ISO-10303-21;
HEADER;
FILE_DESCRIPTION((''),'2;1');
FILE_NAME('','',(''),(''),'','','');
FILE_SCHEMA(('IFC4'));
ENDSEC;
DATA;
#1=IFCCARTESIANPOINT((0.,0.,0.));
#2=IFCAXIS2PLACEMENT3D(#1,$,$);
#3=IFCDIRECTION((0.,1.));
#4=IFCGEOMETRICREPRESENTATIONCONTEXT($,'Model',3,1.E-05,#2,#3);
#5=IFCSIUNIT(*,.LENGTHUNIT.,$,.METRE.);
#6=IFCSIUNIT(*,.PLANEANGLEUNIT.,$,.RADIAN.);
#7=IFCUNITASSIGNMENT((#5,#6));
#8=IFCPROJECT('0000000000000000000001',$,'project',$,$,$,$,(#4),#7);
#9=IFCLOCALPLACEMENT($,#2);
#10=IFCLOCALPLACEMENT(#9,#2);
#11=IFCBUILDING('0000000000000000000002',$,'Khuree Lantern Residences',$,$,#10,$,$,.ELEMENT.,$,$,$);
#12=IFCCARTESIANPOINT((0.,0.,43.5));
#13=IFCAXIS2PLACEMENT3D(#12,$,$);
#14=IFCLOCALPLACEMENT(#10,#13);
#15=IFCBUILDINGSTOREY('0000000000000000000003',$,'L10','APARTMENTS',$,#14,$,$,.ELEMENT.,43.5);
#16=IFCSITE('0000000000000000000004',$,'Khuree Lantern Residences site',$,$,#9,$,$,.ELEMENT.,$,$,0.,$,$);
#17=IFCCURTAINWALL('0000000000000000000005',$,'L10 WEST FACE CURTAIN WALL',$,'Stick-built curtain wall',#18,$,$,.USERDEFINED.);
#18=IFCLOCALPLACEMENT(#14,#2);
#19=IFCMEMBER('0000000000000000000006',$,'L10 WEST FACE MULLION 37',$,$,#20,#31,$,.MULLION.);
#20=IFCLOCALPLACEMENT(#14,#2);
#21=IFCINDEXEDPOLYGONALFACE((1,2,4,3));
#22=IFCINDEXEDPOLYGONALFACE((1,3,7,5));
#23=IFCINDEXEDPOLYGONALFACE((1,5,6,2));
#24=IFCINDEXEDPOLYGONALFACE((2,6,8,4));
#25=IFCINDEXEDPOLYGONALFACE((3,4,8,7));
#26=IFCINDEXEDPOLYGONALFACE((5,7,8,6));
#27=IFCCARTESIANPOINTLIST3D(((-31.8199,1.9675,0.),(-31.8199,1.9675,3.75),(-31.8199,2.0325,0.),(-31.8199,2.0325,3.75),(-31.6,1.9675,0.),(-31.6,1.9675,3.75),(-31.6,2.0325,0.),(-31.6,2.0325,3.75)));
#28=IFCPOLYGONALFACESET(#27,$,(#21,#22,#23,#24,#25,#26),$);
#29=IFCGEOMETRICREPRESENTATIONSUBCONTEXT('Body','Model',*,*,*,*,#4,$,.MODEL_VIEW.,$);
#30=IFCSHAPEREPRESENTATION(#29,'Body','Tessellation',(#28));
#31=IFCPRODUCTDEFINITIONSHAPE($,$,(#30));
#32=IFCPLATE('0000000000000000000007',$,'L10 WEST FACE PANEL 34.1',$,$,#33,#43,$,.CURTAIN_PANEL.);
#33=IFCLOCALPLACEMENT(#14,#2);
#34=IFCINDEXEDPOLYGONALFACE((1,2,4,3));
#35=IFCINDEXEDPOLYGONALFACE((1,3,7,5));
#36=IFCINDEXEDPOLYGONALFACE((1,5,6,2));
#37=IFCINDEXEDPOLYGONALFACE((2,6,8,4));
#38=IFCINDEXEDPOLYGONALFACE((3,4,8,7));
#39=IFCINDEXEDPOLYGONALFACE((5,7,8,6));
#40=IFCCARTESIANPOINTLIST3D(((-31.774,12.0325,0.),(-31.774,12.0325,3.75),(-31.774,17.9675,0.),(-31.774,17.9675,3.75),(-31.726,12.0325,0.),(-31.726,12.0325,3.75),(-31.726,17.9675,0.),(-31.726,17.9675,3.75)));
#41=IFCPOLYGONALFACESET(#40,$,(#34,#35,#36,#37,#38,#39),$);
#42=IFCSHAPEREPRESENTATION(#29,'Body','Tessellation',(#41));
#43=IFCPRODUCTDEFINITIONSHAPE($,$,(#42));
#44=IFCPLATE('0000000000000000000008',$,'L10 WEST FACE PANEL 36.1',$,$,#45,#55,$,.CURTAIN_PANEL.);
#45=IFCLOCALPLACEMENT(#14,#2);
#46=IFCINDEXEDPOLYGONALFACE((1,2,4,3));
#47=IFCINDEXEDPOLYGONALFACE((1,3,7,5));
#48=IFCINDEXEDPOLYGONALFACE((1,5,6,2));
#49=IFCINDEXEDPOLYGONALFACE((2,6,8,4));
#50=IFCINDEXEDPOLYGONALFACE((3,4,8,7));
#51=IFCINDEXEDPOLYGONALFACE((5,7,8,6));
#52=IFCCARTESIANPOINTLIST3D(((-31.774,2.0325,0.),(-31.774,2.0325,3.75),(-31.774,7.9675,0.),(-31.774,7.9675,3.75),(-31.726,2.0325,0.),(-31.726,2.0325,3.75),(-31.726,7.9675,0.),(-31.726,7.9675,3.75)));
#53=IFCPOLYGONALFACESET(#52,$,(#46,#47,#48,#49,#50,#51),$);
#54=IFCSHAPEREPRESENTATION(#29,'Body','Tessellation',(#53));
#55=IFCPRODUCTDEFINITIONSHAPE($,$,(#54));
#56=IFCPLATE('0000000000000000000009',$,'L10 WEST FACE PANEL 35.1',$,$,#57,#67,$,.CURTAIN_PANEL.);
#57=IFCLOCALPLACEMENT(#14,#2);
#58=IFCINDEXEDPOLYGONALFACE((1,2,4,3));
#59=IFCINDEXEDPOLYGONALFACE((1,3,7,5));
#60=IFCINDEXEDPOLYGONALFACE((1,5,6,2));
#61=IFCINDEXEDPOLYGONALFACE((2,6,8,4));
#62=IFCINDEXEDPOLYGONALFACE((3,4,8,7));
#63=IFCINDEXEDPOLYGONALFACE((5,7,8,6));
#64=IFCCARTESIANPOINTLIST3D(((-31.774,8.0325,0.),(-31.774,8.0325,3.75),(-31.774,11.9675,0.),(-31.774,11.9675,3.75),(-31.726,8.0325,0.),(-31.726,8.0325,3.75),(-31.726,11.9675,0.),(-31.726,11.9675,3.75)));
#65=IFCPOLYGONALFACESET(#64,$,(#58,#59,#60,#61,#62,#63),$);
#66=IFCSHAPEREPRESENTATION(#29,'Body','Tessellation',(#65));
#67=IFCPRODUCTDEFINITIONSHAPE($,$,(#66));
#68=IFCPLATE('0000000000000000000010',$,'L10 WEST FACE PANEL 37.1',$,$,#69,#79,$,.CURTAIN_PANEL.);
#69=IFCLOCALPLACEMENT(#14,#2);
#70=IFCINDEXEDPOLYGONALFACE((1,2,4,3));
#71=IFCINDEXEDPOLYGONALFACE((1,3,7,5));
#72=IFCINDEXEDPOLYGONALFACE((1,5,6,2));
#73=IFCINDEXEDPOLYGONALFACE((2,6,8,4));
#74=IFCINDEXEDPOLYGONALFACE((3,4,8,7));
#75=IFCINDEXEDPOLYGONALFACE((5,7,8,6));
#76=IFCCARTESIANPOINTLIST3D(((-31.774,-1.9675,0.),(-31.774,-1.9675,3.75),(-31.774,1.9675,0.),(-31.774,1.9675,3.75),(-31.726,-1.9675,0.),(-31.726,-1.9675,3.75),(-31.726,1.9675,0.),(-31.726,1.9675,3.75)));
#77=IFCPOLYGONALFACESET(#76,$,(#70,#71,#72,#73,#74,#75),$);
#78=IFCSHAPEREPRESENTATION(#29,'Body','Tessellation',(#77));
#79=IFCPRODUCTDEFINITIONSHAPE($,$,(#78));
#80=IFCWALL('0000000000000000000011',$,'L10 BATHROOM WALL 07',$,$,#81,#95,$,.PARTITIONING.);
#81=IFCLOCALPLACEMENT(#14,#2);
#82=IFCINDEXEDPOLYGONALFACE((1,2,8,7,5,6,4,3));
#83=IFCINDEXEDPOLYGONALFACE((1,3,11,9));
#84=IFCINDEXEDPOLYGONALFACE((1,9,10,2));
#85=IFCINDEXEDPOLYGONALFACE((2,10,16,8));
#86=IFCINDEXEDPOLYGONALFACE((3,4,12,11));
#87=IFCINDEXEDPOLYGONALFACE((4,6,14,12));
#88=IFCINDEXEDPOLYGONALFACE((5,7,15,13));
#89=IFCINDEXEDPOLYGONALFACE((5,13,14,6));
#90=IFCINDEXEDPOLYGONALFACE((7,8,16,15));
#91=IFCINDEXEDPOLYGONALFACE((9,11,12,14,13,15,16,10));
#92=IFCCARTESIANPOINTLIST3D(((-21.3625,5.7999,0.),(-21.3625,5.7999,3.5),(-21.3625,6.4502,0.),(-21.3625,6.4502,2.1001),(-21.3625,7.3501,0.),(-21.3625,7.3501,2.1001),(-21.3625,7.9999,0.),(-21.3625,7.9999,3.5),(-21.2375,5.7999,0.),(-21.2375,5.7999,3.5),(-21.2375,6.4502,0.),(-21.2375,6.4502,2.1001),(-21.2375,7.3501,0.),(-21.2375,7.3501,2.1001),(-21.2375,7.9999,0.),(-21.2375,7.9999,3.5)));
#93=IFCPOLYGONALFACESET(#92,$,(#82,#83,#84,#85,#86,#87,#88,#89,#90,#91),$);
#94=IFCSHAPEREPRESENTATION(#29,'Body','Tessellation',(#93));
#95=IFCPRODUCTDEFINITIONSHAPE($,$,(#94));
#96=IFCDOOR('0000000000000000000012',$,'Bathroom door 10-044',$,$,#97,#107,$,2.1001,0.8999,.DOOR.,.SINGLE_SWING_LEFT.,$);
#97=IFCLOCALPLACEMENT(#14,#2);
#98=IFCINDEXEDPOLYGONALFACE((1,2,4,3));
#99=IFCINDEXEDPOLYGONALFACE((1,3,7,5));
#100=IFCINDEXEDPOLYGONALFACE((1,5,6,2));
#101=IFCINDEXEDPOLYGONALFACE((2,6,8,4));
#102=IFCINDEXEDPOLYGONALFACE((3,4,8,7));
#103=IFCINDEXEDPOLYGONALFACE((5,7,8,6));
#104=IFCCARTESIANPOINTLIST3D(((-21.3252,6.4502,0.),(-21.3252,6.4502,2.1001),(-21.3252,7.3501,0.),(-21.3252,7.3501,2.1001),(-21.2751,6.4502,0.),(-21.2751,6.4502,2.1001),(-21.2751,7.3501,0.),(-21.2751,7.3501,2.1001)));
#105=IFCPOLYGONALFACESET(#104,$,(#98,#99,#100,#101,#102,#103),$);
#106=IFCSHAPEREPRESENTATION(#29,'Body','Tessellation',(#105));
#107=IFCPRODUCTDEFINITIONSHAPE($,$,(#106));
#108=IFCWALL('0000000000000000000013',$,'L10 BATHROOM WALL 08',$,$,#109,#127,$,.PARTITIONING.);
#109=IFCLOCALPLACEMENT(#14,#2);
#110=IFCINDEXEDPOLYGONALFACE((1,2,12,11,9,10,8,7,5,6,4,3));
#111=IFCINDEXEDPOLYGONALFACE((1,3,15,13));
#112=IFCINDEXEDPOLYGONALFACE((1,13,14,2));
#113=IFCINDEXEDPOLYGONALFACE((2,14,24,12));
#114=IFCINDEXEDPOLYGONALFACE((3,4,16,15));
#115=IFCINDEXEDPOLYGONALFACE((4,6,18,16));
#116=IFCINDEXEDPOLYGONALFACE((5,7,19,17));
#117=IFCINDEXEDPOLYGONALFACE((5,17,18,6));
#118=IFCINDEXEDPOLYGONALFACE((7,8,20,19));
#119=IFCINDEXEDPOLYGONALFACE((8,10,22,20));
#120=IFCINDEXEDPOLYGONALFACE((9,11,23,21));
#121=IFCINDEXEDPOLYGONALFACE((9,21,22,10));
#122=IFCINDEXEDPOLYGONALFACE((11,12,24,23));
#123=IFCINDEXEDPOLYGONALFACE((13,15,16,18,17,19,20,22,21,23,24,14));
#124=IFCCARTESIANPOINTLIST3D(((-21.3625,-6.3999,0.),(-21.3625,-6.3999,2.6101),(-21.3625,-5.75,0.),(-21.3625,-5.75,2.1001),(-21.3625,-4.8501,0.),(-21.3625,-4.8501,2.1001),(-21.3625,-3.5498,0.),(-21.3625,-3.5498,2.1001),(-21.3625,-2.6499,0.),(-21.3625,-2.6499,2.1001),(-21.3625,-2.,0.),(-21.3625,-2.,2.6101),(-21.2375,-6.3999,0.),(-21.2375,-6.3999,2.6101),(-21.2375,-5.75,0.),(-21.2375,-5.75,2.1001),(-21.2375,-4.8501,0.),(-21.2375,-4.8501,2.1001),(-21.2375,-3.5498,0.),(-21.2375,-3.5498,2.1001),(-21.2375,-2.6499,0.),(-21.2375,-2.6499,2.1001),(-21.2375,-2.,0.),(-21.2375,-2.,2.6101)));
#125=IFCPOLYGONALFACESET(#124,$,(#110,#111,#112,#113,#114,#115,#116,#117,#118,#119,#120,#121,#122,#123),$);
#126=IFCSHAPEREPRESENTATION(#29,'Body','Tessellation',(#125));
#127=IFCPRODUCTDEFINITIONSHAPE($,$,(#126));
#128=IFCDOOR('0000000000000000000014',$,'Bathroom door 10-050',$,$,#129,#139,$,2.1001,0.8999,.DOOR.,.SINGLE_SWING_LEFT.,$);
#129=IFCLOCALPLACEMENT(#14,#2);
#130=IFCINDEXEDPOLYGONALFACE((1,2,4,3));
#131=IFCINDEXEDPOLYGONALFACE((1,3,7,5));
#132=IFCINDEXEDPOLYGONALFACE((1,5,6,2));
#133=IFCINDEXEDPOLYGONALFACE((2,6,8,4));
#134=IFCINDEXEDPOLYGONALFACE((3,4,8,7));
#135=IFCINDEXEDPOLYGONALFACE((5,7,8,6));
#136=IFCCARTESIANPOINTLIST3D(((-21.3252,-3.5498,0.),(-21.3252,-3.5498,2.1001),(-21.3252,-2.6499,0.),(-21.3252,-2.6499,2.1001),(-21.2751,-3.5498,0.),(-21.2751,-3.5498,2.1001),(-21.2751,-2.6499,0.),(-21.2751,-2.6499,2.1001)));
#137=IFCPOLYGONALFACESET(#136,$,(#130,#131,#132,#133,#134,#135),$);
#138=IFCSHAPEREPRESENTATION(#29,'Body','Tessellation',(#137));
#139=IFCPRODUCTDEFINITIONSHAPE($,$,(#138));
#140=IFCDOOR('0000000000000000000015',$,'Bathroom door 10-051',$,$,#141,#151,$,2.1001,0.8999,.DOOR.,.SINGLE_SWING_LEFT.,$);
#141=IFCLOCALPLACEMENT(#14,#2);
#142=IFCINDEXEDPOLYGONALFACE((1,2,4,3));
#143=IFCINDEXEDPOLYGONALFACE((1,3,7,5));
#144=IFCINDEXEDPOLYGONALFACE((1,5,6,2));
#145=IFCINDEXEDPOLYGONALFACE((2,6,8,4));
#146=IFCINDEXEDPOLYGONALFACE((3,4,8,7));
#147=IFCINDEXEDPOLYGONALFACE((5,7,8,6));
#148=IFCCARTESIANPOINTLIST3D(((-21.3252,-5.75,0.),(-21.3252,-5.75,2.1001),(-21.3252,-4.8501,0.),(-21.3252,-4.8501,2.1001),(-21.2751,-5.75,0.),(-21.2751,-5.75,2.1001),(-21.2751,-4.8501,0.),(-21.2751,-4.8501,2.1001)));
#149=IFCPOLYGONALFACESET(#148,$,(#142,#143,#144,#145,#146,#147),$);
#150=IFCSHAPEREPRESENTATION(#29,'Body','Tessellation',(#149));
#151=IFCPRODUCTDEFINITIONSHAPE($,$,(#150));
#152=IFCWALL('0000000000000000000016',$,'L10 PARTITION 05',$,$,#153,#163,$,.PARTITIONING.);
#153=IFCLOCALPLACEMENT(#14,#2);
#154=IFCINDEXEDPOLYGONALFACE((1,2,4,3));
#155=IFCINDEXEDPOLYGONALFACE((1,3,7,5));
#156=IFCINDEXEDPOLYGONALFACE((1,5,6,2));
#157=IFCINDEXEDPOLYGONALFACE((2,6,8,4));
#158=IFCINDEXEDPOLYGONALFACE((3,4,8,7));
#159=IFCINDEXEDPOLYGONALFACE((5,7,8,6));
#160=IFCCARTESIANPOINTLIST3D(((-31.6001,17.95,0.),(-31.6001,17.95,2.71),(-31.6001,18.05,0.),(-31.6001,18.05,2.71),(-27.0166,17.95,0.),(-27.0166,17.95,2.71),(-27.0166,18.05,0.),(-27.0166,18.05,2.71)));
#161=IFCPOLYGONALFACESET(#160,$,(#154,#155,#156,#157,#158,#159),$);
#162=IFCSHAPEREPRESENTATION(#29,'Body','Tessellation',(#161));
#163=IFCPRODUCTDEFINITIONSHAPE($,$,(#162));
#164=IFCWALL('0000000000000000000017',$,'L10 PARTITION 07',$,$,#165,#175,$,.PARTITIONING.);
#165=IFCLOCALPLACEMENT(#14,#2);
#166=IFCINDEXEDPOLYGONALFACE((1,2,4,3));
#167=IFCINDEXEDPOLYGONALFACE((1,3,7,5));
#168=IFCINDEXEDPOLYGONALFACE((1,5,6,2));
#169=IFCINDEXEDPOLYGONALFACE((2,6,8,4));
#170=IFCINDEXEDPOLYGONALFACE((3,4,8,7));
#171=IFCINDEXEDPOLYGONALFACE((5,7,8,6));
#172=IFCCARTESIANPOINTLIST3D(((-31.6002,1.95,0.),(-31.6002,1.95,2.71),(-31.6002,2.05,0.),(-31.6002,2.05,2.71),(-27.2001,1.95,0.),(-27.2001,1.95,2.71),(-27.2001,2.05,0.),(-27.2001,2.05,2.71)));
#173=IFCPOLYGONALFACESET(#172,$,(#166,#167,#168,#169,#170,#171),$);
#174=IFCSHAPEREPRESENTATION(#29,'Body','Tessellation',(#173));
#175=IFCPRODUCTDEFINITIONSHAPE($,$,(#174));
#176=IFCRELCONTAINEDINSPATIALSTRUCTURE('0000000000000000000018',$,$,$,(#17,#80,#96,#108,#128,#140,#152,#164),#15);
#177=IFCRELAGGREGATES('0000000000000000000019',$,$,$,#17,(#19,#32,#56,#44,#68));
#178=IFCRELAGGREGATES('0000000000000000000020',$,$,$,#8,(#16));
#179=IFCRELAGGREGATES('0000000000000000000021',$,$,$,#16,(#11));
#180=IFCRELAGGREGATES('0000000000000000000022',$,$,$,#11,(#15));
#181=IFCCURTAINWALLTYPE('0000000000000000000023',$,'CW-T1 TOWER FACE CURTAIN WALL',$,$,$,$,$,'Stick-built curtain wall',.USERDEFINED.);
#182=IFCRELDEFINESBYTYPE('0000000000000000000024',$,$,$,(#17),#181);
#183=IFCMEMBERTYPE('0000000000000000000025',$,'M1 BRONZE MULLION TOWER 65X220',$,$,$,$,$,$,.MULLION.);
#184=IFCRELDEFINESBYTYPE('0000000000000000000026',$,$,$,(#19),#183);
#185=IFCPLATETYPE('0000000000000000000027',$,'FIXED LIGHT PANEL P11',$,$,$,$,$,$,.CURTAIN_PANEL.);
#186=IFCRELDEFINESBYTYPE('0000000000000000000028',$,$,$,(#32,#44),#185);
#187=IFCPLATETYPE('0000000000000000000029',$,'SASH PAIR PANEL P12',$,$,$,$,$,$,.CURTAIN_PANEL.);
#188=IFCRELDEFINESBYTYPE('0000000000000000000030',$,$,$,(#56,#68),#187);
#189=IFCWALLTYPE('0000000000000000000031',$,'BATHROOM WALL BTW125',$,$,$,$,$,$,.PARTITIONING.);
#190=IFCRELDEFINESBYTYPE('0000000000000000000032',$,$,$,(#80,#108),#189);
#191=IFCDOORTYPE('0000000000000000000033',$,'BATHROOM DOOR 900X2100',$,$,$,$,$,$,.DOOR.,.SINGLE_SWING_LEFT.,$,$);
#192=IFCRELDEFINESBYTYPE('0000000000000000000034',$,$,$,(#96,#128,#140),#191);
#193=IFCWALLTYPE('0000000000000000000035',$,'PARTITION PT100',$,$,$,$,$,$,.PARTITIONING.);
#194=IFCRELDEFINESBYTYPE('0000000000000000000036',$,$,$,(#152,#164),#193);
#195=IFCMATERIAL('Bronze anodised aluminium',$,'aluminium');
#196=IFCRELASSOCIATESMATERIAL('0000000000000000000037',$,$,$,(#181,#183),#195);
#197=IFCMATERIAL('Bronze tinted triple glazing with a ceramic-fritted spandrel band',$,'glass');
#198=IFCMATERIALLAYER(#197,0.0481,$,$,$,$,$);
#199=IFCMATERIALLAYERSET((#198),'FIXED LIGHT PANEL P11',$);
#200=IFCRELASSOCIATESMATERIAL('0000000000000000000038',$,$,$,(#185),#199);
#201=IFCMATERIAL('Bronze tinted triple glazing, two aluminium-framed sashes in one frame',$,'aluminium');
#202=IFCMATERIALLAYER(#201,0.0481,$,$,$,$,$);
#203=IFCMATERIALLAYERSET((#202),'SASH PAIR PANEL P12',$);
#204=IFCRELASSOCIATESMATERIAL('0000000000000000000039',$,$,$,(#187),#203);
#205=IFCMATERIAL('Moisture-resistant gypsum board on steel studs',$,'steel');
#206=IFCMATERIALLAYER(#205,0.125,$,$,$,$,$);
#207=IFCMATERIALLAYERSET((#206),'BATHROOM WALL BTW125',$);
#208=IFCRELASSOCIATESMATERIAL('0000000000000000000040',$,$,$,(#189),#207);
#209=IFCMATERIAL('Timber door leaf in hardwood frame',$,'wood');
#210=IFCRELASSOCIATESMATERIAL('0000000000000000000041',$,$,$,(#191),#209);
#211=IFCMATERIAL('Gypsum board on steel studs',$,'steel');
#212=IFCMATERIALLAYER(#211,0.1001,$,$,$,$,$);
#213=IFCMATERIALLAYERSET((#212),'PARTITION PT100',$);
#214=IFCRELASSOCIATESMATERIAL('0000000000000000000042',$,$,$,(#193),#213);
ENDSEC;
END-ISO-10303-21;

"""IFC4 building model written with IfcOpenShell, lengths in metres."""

from ifc_helpers import new_model, si_unit, direction, frame, frame_2d, origin, origin_2d, place, context, subcontext, project, spatial, rectangle, extrude, material, layer, layer_set, material_profile, profile_set, type_object, element, fill, aggregate, save


model = new_model("IFC4")

# Units and contexts
model_context = context("Model", 3, precision=1e-05, world=origin(), true_north=direction((0.0, 1.0)))
body_context = subcontext(model_context, "Body", "Model", "MODEL_VIEW")
ifc_project = project(units=[si_unit("LENGTHUNIT", "METRE"), si_unit("PLANEANGLEUNIT", "RADIAN")], contexts=[model_context])

# Site, building, storey
site_placement = place(None, origin())
site = spatial("IfcSite", under=ifc_project, at=site_placement, Name="Khuree Lantern Residences site", CompositionType="ELEMENT", RefElevation=0.0)
building_placement = place(site_placement, origin())
building = spatial("IfcBuilding", under=site, at=building_placement, Name="Khuree Lantern Residences", CompositionType="ELEMENT")
storey_placement = place(building_placement, frame((0.0, 0.0, 43.5)))
storey = spatial("IfcBuildingStorey", under=building, at=storey_placement, Name="L10", Description="APARTMENTS", CompositionType="ELEMENT", Elevation=43.5)

# Curtain wall
ifc_material_1 = material(Name="Bronze anodised aluminium", Category="aluminium")
curtain_wall_type = type_object("IfcCurtainWallType", Name="CW-T1 TOWER FACE CURTAIN WALL", ElementType="Stick-built curtain wall", PredefinedType="USERDEFINED", material=ifc_material_1)
curtain_wall_placement = place(storey_placement, origin())
curtain_wall = element("IfcCurtainWall", 1, at=curtain_wall_placement, inside=storey, type_object=curtain_wall_type, Name="L10 WEST FACE CURTAIN WALL", ObjectType="Stick-built curtain wall", PredefinedType="USERDEFINED")

# Member
ifc_material_profile_1 = material_profile(ifc_material_1, rectangle(XDim=0.0649, YDim=0.22, at=origin_2d()), Name="M1 65X220")
ifc_profile_set_1 = profile_set([ifc_material_profile_1], Name="Bronze anodised aluminium")
member_type_1 = type_object("IfcMemberType", Name="M1 BRONZE MULLION TOWER 65X220", PredefinedType="MULLION", material=ifc_profile_set_1)
member_1_placement = place(storey_placement, frame((-31.71, 2.0, 0.0), z_axis=(0.0, 0.0, 1.0), x_axis=(0.0, -1.0, 0.0)))
member_1 = element("IfcMember", 2, at=member_1_placement, type_object=member_type_1, Name="L10 WEST FACE MULLION 37", PredefinedType="MULLION", context=body_context, shape_type="SweptSolid", body=[
    extrude(rectangle(XDim=0.0649, YDim=0.22, at=origin_2d()), origin(), (0.0, 0.0, 1.0), 3.75),
])

# Plates
ifc_material_2 = material(Name="Bronze tinted triple glazing with a ceramic-fritted spandrel band", Category="glass")
ifc_layer_1 = layer(ifc_material_2, 0.0481)
ifc_layer_set_1 = layer_set([ifc_layer_1], Name="FIXED LIGHT PANEL P11")
plate_type_1 = type_object("IfcPlateType", Name="FIXED LIGHT PANEL P11", PredefinedType="CURTAIN_PANEL", material=ifc_layer_set_1)
plate_1_placement = place(storey_placement, frame((-31.75, 15.0, 0.0), z_axis=(0.0, 0.0, 1.0), x_axis=(0.0, -1.0, 0.0)))
plate_1 = element("IfcPlate", 3, at=plate_1_placement, type_object=plate_type_1, Name="L10 WEST FACE PANEL 34.1", PredefinedType="CURTAIN_PANEL", context=body_context, shape_type="SweptSolid", body=[
    extrude(rectangle(XDim=5.9351, YDim=0.0481, at=origin_2d()), origin(), (0.0, 0.0, 1.0), 3.75),
])
plate_2_placement = place(storey_placement, frame((-31.75, 5.0, 0.0), z_axis=(0.0, 0.0, 1.0), x_axis=(0.0, -1.0, 0.0)))
plate_2 = element("IfcPlate", 4, at=plate_2_placement, type_object=plate_type_1, Name="L10 WEST FACE PANEL 36.1", PredefinedType="CURTAIN_PANEL", context=body_context, shape_type="SweptSolid", body=[
    extrude(rectangle(XDim=5.9351, YDim=0.0481, at=origin_2d()), origin(), (0.0, 0.0, 1.0), 3.75),
])
ifc_material_3 = material(Name="Bronze tinted triple glazing, two aluminium-framed sashes in one frame", Category="aluminium")
ifc_layer_2 = layer(ifc_material_3, 0.0481)
ifc_layer_set_2 = layer_set([ifc_layer_2], Name="SASH PAIR PANEL P12")
plate_type_2 = type_object("IfcPlateType", Name="SASH PAIR PANEL P12", PredefinedType="CURTAIN_PANEL", material=ifc_layer_set_2)
plate_3_placement = place(storey_placement, frame((-31.75, 10.0, 0.0), z_axis=(0.0, 0.0, 1.0), x_axis=(0.0, -1.0, 0.0)))
plate_3 = element("IfcPlate", 5, at=plate_3_placement, type_object=plate_type_2, Name="L10 WEST FACE PANEL 35.1", PredefinedType="CURTAIN_PANEL", context=body_context, shape_type="SweptSolid", body=[
    extrude(rectangle(XDim=3.9351, YDim=0.0481, at=origin_2d()), origin(), (0.0, 0.0, 1.0), 3.75),
])
plate_4_placement = place(storey_placement, frame((-31.75, 0.0, 0.0), z_axis=(0.0, 0.0, 1.0), x_axis=(0.0, -1.0, 0.0)))
plate_4 = element("IfcPlate", 6, at=plate_4_placement, type_object=plate_type_2, Name="L10 WEST FACE PANEL 37.1", PredefinedType="CURTAIN_PANEL", context=body_context, shape_type="SweptSolid", body=[
    extrude(rectangle(XDim=3.9351, YDim=0.0481, at=origin_2d()), origin(), (0.0, 0.0, 1.0), 3.75),
])
aggregate(curtain_wall, [member_1, plate_1, plate_3, plate_2, plate_4])

# Wall, opening, door
ifc_material_4 = material(Name="Moisture-resistant gypsum board on steel studs", Category="steel")
ifc_layer_3 = layer(ifc_material_4, 0.125)
ifc_layer_set_3 = layer_set([ifc_layer_3], Name="BATHROOM WALL BTW125")
wall_type_1 = type_object("IfcWallType", Name="BATHROOM WALL BTW125", PredefinedType="PARTITIONING", material=ifc_layer_set_3)
wall_1_placement = place(storey_placement, frame((-21.3, 8.0, 0.0), z_axis=(0.0, 0.0, 1.0), x_axis=(0.0, -1.0, 0.0)))
wall_1 = element("IfcWall", 7, at=wall_1_placement, inside=storey, type_object=wall_type_1, Name="L10 BATHROOM WALL 07", PredefinedType="PARTITIONING", context=body_context, shape_type="SweptSolid", body=[
    extrude(rectangle(XDim=2.2, YDim=0.125, at=frame_2d((1.1001, 0.0))), origin(), (0.0, 0.0, 1.0), 3.5),
])
opening_1_placement = place(wall_1_placement, frame((0.6499, 0.0, 0.0)))
opening_1 = element("IfcOpeningElement", 8, at=opening_1_placement, cuts=wall_1, PredefinedType="OPENING", context=body_context, shape_type="SweptSolid", body=[
    extrude(rectangle(XDim=0.8999, YDim=2.1001, at=frame_2d((0.45, 1.05))), frame((0.0, 0.0725, 0.0), z_axis=(0.0, -1.0, 0.0), x_axis=(1.0, 0.0, 0.0)), (0.0, 0.0, 1.0), 0.145),
])
ifc_material_5 = material(Name="Timber door leaf in hardwood frame", Category="wood")
door_type_1 = type_object("IfcDoorType", Name="BATHROOM DOOR 900X2100", OperationType="SINGLE_SWING_LEFT", PredefinedType="DOOR", material=ifc_material_5)
door_1_placement = place(opening_1_placement, origin())
door_1 = element("IfcDoor", 9, at=door_1_placement, inside=storey, type_object=door_type_1, Name="Bathroom door 10-044", OperationType="SINGLE_SWING_LEFT", OverallHeight=2.1001, OverallWidth=0.8999, PredefinedType="DOOR", context=body_context, shape_type="SweptSolid", body=[
    extrude(rectangle(XDim=0.8999, YDim=2.1001, at=frame_2d((0.45, 1.05))), frame((0.0, 0.0249, 0.0), z_axis=(0.0, -1.0, 0.0), x_axis=(1.0, 0.0, 0.0)), (0.0, 0.0, 1.0), 0.05),
])
fill(opening_1, door_1)

# Wall, openings, doors
wall_2_placement = place(storey_placement, frame((-21.3, -2.0, 0.0), z_axis=(0.0, 0.0, 1.0), x_axis=(0.0, -1.0, 0.0)))
wall_2 = element("IfcWall", 10, at=wall_2_placement, inside=storey, type_object=wall_type_1, Name="L10 BATHROOM WALL 08", PredefinedType="PARTITIONING", context=body_context, shape_type="SweptSolid", body=[
    extrude(rectangle(XDim=4.3999, YDim=0.125, at=frame_2d((2.2, 0.0))), origin(), (0.0, 0.0, 1.0), 2.6101),
])
opening_2_placement = place(wall_2_placement, frame((0.6499, 0.0, 0.0)))
opening_2 = element("IfcOpeningElement", 11, at=opening_2_placement, cuts=wall_2, PredefinedType="OPENING", context=body_context, shape_type="SweptSolid", body=[
    extrude(rectangle(XDim=0.8999, YDim=2.1001, at=frame_2d((0.45, 1.05))), frame((0.0, 0.0725, 0.0), z_axis=(0.0, -1.0, 0.0), x_axis=(1.0, 0.0, 0.0)), (0.0, 0.0, 1.0), 0.145),
])
opening_3_placement = place(wall_2_placement, frame((2.8501, 0.0, 0.0)))
opening_3 = element("IfcOpeningElement", 12, at=opening_3_placement, cuts=wall_2, PredefinedType="OPENING", context=body_context, shape_type="SweptSolid", body=[
    extrude(rectangle(XDim=0.8999, YDim=2.1001, at=frame_2d((0.45, 1.05))), frame((0.0, 0.0725, 0.0), z_axis=(0.0, -1.0, 0.0), x_axis=(1.0, 0.0, 0.0)), (0.0, 0.0, 1.0), 0.145),
])
door_2_placement = place(opening_2_placement, origin())
door_2 = element("IfcDoor", 13, at=door_2_placement, inside=storey, type_object=door_type_1, Name="Bathroom door 10-050", OperationType="SINGLE_SWING_LEFT", OverallHeight=2.1001, OverallWidth=0.8999, PredefinedType="DOOR", context=body_context, shape_type="SweptSolid", body=[
    extrude(rectangle(XDim=0.8999, YDim=2.1001, at=frame_2d((0.45, 1.05))), frame((0.0, 0.0249, 0.0), z_axis=(0.0, -1.0, 0.0), x_axis=(1.0, 0.0, 0.0)), (0.0, 0.0, 1.0), 0.05),
])
fill(opening_2, door_2)
door_3_placement = place(opening_3_placement, origin())
door_3 = element("IfcDoor", 14, at=door_3_placement, inside=storey, type_object=door_type_1, Name="Bathroom door 10-051", OperationType="SINGLE_SWING_LEFT", OverallHeight=2.1001, OverallWidth=0.8999, PredefinedType="DOOR", context=body_context, shape_type="SweptSolid", body=[
    extrude(rectangle(XDim=0.8999, YDim=2.1001, at=frame_2d((0.45, 1.05))), frame((0.0, 0.0249, 0.0), z_axis=(0.0, -1.0, 0.0), x_axis=(1.0, 0.0, 0.0)), (0.0, 0.0, 1.0), 0.05),
])
fill(opening_3, door_3)

# Walls
ifc_material_6 = material(Name="Gypsum board on steel studs", Category="steel")
ifc_layer_4 = layer(ifc_material_6, 0.1001)
ifc_layer_set_4 = layer_set([ifc_layer_4], Name="PARTITION PT100")
wall_type_2 = type_object("IfcWallType", Name="PARTITION PT100", PredefinedType="PARTITIONING", material=ifc_layer_set_4)
wall_3_placement = place(storey_placement, frame((-27.0166, 18.0, 0.0), z_axis=(0.0, 0.0, 1.0), x_axis=(-1.0, 0.0, 0.0)))
element("IfcWall", 15, at=wall_3_placement, inside=storey, type_object=wall_type_2, Name="L10 PARTITION 05", PredefinedType="PARTITIONING", context=body_context, shape_type="SweptSolid", body=[
    extrude(rectangle(XDim=4.5835, YDim=0.1001, at=frame_2d((2.2917, 0.0))), origin(), (0.0, 0.0, 1.0), 2.71),
])
wall_4_placement = place(storey_placement, frame((-27.2, 2.0, 0.0), z_axis=(0.0, 0.0, 1.0), x_axis=(-1.0, 0.0, 0.0)))
element("IfcWall", 16, at=wall_4_placement, inside=storey, type_object=wall_type_2, Name="L10 PARTITION 07", PredefinedType="PARTITIONING", context=body_context, shape_type="SweptSolid", body=[
    extrude(rectangle(XDim=4.4001, YDim=0.1001, at=frame_2d((2.2002, 0.0))), origin(), (0.0, 0.0, 1.0), 2.71),
])

save(model, "model.ifc")
